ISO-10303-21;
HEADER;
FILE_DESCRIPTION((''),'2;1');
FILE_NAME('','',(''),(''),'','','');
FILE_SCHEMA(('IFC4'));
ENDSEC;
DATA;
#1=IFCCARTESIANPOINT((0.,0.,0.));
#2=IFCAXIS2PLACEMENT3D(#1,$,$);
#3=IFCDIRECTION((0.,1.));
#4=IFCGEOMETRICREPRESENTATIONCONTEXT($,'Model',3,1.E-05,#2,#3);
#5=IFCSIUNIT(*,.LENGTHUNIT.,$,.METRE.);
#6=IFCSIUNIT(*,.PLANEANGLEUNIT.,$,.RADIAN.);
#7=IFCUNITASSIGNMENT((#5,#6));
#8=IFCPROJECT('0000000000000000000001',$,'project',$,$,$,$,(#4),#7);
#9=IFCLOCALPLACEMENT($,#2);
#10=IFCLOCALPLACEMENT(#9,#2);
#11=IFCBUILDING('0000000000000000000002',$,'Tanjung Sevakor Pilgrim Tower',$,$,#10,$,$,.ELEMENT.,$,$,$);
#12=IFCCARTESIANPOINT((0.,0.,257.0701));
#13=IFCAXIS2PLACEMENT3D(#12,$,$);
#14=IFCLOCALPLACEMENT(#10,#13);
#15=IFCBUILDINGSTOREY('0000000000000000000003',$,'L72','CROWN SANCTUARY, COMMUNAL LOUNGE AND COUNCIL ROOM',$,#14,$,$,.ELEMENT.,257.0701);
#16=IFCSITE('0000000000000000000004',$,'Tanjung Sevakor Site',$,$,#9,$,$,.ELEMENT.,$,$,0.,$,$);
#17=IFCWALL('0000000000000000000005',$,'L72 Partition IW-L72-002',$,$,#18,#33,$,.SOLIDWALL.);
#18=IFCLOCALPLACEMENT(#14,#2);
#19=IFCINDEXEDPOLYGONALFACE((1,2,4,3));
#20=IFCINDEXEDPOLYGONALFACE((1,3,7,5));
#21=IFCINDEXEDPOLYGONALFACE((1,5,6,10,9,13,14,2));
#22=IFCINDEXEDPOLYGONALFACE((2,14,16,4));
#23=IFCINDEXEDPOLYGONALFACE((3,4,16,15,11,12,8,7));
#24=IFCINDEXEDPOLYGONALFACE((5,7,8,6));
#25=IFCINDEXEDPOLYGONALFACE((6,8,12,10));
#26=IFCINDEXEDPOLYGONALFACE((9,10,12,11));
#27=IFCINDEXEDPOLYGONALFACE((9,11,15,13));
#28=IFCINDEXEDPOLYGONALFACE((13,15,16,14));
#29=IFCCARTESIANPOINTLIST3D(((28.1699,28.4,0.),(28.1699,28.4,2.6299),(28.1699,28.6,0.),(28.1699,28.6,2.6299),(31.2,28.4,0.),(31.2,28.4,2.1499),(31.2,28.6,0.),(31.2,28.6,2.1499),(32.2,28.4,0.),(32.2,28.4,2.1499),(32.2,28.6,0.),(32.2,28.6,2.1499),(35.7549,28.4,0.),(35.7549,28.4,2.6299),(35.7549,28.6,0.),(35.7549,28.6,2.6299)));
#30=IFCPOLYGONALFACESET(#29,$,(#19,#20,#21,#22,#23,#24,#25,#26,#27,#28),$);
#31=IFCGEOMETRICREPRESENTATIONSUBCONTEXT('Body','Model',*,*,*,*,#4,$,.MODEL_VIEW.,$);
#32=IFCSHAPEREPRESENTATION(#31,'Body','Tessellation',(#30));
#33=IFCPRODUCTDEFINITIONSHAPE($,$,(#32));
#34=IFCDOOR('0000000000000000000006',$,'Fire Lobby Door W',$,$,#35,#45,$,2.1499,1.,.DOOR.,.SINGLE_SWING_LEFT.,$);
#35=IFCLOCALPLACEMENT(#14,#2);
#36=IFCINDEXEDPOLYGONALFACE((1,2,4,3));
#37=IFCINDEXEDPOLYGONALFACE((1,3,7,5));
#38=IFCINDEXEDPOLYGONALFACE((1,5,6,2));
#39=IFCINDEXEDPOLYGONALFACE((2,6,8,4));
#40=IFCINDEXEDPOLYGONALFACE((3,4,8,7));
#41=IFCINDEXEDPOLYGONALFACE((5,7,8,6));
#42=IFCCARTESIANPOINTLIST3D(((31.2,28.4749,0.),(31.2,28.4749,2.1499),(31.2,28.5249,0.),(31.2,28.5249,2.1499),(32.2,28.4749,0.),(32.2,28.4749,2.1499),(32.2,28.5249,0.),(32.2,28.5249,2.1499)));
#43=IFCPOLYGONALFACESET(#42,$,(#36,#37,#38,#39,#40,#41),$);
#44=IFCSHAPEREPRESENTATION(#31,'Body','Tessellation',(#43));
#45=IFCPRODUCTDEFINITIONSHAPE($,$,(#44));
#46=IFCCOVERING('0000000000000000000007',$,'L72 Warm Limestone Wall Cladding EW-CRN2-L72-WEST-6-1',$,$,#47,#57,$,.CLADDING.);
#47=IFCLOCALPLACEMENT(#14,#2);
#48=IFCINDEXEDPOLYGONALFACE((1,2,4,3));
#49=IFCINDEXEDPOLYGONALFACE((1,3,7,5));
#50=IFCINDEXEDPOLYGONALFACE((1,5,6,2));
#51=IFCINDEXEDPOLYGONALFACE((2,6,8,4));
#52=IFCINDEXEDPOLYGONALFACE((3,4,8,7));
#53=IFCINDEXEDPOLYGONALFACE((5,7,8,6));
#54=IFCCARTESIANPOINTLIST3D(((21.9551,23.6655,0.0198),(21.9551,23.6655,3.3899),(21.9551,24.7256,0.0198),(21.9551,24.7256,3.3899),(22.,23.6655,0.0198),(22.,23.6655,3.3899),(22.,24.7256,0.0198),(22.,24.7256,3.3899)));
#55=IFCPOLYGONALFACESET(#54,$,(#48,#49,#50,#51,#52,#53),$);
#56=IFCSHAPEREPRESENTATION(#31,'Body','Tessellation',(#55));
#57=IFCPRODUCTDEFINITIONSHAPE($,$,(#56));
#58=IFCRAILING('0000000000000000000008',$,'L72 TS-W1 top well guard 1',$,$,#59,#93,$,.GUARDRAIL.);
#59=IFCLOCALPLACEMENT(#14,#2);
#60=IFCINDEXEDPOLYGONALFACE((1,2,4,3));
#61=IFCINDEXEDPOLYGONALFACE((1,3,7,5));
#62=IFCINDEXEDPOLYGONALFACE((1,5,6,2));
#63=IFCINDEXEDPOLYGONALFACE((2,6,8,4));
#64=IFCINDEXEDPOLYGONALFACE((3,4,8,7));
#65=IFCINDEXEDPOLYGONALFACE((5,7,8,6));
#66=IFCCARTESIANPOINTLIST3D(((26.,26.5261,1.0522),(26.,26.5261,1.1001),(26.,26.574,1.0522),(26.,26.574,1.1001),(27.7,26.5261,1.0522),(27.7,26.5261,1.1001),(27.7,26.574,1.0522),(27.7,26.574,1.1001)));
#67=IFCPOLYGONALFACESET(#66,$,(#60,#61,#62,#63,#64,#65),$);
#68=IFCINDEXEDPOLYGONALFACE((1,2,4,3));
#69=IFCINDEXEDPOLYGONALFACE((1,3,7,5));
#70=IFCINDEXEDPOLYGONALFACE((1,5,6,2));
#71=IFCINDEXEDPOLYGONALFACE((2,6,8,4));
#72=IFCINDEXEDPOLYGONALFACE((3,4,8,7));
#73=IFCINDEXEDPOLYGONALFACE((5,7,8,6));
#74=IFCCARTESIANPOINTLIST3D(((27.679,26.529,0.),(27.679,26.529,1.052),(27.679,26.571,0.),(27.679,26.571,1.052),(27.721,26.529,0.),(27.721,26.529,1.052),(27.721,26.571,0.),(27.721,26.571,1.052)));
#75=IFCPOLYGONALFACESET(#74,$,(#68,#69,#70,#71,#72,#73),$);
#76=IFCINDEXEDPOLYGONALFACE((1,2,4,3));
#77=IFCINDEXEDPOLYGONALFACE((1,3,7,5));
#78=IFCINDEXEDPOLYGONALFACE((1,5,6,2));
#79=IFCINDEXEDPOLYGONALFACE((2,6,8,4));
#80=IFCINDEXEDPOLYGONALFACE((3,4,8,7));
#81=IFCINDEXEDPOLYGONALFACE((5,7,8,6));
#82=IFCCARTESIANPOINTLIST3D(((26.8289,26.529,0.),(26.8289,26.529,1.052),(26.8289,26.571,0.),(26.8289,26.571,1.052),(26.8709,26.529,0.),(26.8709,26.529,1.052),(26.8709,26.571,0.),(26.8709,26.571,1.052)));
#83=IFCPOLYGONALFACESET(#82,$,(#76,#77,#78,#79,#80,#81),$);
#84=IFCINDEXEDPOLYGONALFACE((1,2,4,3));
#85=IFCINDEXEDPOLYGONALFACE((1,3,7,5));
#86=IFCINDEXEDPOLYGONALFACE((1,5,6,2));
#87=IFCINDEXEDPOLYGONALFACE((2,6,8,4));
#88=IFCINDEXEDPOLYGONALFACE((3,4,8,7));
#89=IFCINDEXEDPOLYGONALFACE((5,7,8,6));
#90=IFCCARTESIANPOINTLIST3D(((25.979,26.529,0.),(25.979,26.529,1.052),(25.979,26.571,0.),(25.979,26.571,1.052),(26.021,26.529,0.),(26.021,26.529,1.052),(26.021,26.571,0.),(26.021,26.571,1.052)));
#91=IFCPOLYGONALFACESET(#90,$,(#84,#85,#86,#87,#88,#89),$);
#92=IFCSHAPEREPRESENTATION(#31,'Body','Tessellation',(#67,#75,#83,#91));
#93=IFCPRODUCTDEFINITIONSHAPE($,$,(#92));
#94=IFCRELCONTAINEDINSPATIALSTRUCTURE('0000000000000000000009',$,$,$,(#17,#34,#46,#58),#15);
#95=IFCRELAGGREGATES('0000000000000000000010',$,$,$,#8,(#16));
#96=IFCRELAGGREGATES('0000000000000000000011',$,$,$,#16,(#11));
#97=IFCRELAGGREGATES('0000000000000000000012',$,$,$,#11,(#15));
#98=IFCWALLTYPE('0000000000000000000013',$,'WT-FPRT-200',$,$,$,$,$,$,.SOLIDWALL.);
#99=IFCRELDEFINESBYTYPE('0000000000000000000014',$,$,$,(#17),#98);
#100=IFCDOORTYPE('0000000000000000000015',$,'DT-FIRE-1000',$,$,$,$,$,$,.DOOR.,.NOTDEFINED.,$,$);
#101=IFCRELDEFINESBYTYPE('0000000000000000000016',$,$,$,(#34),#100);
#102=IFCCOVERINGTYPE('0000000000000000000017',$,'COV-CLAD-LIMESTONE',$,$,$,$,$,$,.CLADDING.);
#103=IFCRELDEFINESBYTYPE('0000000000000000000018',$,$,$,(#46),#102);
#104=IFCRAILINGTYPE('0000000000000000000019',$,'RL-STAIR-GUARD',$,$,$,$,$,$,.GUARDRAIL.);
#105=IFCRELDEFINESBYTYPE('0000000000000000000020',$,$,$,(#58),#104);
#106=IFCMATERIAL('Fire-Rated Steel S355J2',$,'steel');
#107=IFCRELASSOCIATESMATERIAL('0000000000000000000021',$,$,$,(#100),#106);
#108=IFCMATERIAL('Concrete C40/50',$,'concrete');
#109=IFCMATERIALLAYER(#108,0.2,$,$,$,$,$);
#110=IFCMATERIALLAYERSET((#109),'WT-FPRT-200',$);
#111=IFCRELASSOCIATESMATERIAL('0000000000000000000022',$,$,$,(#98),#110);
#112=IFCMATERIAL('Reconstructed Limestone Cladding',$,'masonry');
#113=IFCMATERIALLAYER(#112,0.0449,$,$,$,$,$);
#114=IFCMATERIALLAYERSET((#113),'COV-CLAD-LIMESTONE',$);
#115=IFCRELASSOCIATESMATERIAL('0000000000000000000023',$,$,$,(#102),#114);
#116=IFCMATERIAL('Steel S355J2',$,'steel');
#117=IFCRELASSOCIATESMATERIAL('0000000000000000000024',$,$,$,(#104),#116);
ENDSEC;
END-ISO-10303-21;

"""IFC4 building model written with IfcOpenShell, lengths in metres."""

from ifc_helpers import new_model, si_unit, direction, frame, frame_2d, origin, origin_2d, place, context, subcontext, project, spatial, rectangle, extrude, material, layer, layer_set, type_object, element, fill, save


model = new_model("IFC4")

# Units and contexts
model_context = context("Model", 3, precision=1e-05, world=origin(), true_north=direction((0.0, 1.0)))
body_context = subcontext(model_context, "Body", "Model", "MODEL_VIEW")
ifc_project = project(units=[si_unit("LENGTHUNIT", "METRE"), si_unit("PLANEANGLEUNIT", "RADIAN")], contexts=[model_context])

# Site, building, storey
site_placement = place(None, origin())
site = spatial("IfcSite", under=ifc_project, at=site_placement, Name="Tanjung Sevakor Site", CompositionType="ELEMENT", RefElevation=0.0)
building_placement = place(site_placement, origin())
building = spatial("IfcBuilding", under=site, at=building_placement, Name="Tanjung Sevakor Pilgrim Tower", CompositionType="ELEMENT")
storey_placement = place(building_placement, frame((0.0, 0.0, 257.0701)))
storey = spatial("IfcBuildingStorey", under=building, at=storey_placement, Name="L72", Description="CROWN SANCTUARY, COMMUNAL LOUNGE AND COUNCIL ROOM", CompositionType="ELEMENT", Elevation=257.0701)

# Shared definitions
ifc_material_1 = material(Name="Fire-Rated Steel S355J2", Category="steel")
door_type_1 = type_object("IfcDoorType", Name="DT-FIRE-1000", OperationType="NOTDEFINED", PredefinedType="DOOR", material=ifc_material_1)

# Wall, opening, door
ifc_material_2 = material(Name="Concrete C40/50", Category="concrete")
ifc_layer_1 = layer(ifc_material_2, 0.2)
ifc_layer_set_1 = layer_set([ifc_layer_1], Name="WT-FPRT-200")
wall_type_1 = type_object("IfcWallType", Name="WT-FPRT-200", PredefinedType="SOLIDWALL", material=ifc_layer_set_1)
wall_1_placement = place(storey_placement, frame((28.1699, 28.5, 0.0), z_axis=(0.0, 0.0, 1.0), x_axis=(1.0, 0.0, 0.0)))
wall_1 = element("IfcWall", 1, at=wall_1_placement, inside=storey, type_object=wall_type_1, Name="L72 Partition IW-L72-002", PredefinedType="SOLIDWALL", context=body_context, shape_type="SweptSolid", body=[
    extrude(rectangle(XDim=7.585, YDim=0.2, at=frame_2d((3.7925, 0.0))), origin(), (0.0, 0.0, 1.0), 2.6299),
])
opening_1_placement = place(wall_1_placement, frame((3.03, 0.0, 0.0)))
opening_1 = element("IfcOpeningElement", 2, at=opening_1_placement, cuts=wall_1, PredefinedType="OPENING", context=body_context, shape_type="SweptSolid", body=[
    extrude(rectangle(XDim=1.0, YDim=2.1499, at=frame_2d((0.5, 1.075))), frame((0.0, 0.1099, 0.0), z_axis=(0.0, -1.0, 0.0), x_axis=(1.0, 0.0, 0.0)), (0.0, 0.0, 1.0), 0.22),
])
door_1_placement = place(opening_1_placement, origin())
door_1 = element("IfcDoor", 3, at=door_1_placement, inside=storey, type_object=door_type_1, Name="Fire Lobby Door W", OperationType="SINGLE_SWING_LEFT", OverallHeight=2.1499, OverallWidth=1.0, PredefinedType="DOOR", context=body_context, shape_type="SweptSolid", body=[
    extrude(rectangle(XDim=1.0, YDim=2.1499, at=frame_2d((0.5, 1.075))), frame((0.0, 0.0249, 0.0), z_axis=(0.0, -1.0, 0.0), x_axis=(1.0, 0.0, 0.0)), (0.0, 0.0, 1.0), 0.05),
])
fill(opening_1, door_1)

# Covering
ifc_material_3 = material(Name="Reconstructed Limestone Cladding", Category="masonry")
ifc_layer_2 = layer(ifc_material_3, 0.0449)
ifc_layer_set_2 = layer_set([ifc_layer_2], Name="COV-CLAD-LIMESTONE")
covering_type = type_object("IfcCoveringType", Name="COV-CLAD-LIMESTONE", PredefinedType="CLADDING", material=ifc_layer_set_2)
covering_placement = place(storey_placement, frame((21.9775, 24.1956, 0.0198), z_axis=(0.0, 0.0, 1.0), x_axis=(0.0, -1.0, 0.0)))
element("IfcCovering", 4, at=covering_placement, inside=storey, type_object=covering_type, Name="L72 Warm Limestone Wall Cladding EW-CRN2-L72-WEST-6-1", PredefinedType="CLADDING", context=body_context, shape_type="SweptSolid", body=[
    extrude(rectangle(XDim=1.0601, YDim=0.0449, at=origin_2d()), origin(), (0.0, 0.0, 1.0), 3.3701),
])

# Railing
ifc_material_4 = material(Name="Steel S355J2", Category="steel")
railing_type = type_object("IfcRailingType", Name="RL-STAIR-GUARD", PredefinedType="GUARDRAIL", material=ifc_material_4)
railing_placement = place(storey_placement, frame((27.7, 26.55, 0.0)))
element("IfcRailing", 5, at=railing_placement, inside=storey, type_object=railing_type, Name="L72 TS-W1 top well guard 1", PredefinedType="GUARDRAIL", context=body_context, shape_type="SweptSolid", body=[
    extrude(rectangle(XDim=0.0479, YDim=0.0479), frame((0.0, 0.0, 1.0762), z_axis=(-1.0, 0.0, 0.0), x_axis=(0.0, -1.0, 0.0)), (0.0, 0.0, 1.0), 1.7),
    extrude(rectangle(XDim=0.042, YDim=0.042), origin(), (0.0, 0.0, 1.0), 1.052),
    extrude(rectangle(XDim=0.042, YDim=0.042), frame((-0.8501, 0.0, 0.0)), (0.0, 0.0, 1.0), 1.052),
    extrude(rectangle(XDim=0.042, YDim=0.042), frame((-1.7, 0.0, 0.0)), (0.0, 0.0, 1.0), 1.052),
])

save(model, "model.ifc")
